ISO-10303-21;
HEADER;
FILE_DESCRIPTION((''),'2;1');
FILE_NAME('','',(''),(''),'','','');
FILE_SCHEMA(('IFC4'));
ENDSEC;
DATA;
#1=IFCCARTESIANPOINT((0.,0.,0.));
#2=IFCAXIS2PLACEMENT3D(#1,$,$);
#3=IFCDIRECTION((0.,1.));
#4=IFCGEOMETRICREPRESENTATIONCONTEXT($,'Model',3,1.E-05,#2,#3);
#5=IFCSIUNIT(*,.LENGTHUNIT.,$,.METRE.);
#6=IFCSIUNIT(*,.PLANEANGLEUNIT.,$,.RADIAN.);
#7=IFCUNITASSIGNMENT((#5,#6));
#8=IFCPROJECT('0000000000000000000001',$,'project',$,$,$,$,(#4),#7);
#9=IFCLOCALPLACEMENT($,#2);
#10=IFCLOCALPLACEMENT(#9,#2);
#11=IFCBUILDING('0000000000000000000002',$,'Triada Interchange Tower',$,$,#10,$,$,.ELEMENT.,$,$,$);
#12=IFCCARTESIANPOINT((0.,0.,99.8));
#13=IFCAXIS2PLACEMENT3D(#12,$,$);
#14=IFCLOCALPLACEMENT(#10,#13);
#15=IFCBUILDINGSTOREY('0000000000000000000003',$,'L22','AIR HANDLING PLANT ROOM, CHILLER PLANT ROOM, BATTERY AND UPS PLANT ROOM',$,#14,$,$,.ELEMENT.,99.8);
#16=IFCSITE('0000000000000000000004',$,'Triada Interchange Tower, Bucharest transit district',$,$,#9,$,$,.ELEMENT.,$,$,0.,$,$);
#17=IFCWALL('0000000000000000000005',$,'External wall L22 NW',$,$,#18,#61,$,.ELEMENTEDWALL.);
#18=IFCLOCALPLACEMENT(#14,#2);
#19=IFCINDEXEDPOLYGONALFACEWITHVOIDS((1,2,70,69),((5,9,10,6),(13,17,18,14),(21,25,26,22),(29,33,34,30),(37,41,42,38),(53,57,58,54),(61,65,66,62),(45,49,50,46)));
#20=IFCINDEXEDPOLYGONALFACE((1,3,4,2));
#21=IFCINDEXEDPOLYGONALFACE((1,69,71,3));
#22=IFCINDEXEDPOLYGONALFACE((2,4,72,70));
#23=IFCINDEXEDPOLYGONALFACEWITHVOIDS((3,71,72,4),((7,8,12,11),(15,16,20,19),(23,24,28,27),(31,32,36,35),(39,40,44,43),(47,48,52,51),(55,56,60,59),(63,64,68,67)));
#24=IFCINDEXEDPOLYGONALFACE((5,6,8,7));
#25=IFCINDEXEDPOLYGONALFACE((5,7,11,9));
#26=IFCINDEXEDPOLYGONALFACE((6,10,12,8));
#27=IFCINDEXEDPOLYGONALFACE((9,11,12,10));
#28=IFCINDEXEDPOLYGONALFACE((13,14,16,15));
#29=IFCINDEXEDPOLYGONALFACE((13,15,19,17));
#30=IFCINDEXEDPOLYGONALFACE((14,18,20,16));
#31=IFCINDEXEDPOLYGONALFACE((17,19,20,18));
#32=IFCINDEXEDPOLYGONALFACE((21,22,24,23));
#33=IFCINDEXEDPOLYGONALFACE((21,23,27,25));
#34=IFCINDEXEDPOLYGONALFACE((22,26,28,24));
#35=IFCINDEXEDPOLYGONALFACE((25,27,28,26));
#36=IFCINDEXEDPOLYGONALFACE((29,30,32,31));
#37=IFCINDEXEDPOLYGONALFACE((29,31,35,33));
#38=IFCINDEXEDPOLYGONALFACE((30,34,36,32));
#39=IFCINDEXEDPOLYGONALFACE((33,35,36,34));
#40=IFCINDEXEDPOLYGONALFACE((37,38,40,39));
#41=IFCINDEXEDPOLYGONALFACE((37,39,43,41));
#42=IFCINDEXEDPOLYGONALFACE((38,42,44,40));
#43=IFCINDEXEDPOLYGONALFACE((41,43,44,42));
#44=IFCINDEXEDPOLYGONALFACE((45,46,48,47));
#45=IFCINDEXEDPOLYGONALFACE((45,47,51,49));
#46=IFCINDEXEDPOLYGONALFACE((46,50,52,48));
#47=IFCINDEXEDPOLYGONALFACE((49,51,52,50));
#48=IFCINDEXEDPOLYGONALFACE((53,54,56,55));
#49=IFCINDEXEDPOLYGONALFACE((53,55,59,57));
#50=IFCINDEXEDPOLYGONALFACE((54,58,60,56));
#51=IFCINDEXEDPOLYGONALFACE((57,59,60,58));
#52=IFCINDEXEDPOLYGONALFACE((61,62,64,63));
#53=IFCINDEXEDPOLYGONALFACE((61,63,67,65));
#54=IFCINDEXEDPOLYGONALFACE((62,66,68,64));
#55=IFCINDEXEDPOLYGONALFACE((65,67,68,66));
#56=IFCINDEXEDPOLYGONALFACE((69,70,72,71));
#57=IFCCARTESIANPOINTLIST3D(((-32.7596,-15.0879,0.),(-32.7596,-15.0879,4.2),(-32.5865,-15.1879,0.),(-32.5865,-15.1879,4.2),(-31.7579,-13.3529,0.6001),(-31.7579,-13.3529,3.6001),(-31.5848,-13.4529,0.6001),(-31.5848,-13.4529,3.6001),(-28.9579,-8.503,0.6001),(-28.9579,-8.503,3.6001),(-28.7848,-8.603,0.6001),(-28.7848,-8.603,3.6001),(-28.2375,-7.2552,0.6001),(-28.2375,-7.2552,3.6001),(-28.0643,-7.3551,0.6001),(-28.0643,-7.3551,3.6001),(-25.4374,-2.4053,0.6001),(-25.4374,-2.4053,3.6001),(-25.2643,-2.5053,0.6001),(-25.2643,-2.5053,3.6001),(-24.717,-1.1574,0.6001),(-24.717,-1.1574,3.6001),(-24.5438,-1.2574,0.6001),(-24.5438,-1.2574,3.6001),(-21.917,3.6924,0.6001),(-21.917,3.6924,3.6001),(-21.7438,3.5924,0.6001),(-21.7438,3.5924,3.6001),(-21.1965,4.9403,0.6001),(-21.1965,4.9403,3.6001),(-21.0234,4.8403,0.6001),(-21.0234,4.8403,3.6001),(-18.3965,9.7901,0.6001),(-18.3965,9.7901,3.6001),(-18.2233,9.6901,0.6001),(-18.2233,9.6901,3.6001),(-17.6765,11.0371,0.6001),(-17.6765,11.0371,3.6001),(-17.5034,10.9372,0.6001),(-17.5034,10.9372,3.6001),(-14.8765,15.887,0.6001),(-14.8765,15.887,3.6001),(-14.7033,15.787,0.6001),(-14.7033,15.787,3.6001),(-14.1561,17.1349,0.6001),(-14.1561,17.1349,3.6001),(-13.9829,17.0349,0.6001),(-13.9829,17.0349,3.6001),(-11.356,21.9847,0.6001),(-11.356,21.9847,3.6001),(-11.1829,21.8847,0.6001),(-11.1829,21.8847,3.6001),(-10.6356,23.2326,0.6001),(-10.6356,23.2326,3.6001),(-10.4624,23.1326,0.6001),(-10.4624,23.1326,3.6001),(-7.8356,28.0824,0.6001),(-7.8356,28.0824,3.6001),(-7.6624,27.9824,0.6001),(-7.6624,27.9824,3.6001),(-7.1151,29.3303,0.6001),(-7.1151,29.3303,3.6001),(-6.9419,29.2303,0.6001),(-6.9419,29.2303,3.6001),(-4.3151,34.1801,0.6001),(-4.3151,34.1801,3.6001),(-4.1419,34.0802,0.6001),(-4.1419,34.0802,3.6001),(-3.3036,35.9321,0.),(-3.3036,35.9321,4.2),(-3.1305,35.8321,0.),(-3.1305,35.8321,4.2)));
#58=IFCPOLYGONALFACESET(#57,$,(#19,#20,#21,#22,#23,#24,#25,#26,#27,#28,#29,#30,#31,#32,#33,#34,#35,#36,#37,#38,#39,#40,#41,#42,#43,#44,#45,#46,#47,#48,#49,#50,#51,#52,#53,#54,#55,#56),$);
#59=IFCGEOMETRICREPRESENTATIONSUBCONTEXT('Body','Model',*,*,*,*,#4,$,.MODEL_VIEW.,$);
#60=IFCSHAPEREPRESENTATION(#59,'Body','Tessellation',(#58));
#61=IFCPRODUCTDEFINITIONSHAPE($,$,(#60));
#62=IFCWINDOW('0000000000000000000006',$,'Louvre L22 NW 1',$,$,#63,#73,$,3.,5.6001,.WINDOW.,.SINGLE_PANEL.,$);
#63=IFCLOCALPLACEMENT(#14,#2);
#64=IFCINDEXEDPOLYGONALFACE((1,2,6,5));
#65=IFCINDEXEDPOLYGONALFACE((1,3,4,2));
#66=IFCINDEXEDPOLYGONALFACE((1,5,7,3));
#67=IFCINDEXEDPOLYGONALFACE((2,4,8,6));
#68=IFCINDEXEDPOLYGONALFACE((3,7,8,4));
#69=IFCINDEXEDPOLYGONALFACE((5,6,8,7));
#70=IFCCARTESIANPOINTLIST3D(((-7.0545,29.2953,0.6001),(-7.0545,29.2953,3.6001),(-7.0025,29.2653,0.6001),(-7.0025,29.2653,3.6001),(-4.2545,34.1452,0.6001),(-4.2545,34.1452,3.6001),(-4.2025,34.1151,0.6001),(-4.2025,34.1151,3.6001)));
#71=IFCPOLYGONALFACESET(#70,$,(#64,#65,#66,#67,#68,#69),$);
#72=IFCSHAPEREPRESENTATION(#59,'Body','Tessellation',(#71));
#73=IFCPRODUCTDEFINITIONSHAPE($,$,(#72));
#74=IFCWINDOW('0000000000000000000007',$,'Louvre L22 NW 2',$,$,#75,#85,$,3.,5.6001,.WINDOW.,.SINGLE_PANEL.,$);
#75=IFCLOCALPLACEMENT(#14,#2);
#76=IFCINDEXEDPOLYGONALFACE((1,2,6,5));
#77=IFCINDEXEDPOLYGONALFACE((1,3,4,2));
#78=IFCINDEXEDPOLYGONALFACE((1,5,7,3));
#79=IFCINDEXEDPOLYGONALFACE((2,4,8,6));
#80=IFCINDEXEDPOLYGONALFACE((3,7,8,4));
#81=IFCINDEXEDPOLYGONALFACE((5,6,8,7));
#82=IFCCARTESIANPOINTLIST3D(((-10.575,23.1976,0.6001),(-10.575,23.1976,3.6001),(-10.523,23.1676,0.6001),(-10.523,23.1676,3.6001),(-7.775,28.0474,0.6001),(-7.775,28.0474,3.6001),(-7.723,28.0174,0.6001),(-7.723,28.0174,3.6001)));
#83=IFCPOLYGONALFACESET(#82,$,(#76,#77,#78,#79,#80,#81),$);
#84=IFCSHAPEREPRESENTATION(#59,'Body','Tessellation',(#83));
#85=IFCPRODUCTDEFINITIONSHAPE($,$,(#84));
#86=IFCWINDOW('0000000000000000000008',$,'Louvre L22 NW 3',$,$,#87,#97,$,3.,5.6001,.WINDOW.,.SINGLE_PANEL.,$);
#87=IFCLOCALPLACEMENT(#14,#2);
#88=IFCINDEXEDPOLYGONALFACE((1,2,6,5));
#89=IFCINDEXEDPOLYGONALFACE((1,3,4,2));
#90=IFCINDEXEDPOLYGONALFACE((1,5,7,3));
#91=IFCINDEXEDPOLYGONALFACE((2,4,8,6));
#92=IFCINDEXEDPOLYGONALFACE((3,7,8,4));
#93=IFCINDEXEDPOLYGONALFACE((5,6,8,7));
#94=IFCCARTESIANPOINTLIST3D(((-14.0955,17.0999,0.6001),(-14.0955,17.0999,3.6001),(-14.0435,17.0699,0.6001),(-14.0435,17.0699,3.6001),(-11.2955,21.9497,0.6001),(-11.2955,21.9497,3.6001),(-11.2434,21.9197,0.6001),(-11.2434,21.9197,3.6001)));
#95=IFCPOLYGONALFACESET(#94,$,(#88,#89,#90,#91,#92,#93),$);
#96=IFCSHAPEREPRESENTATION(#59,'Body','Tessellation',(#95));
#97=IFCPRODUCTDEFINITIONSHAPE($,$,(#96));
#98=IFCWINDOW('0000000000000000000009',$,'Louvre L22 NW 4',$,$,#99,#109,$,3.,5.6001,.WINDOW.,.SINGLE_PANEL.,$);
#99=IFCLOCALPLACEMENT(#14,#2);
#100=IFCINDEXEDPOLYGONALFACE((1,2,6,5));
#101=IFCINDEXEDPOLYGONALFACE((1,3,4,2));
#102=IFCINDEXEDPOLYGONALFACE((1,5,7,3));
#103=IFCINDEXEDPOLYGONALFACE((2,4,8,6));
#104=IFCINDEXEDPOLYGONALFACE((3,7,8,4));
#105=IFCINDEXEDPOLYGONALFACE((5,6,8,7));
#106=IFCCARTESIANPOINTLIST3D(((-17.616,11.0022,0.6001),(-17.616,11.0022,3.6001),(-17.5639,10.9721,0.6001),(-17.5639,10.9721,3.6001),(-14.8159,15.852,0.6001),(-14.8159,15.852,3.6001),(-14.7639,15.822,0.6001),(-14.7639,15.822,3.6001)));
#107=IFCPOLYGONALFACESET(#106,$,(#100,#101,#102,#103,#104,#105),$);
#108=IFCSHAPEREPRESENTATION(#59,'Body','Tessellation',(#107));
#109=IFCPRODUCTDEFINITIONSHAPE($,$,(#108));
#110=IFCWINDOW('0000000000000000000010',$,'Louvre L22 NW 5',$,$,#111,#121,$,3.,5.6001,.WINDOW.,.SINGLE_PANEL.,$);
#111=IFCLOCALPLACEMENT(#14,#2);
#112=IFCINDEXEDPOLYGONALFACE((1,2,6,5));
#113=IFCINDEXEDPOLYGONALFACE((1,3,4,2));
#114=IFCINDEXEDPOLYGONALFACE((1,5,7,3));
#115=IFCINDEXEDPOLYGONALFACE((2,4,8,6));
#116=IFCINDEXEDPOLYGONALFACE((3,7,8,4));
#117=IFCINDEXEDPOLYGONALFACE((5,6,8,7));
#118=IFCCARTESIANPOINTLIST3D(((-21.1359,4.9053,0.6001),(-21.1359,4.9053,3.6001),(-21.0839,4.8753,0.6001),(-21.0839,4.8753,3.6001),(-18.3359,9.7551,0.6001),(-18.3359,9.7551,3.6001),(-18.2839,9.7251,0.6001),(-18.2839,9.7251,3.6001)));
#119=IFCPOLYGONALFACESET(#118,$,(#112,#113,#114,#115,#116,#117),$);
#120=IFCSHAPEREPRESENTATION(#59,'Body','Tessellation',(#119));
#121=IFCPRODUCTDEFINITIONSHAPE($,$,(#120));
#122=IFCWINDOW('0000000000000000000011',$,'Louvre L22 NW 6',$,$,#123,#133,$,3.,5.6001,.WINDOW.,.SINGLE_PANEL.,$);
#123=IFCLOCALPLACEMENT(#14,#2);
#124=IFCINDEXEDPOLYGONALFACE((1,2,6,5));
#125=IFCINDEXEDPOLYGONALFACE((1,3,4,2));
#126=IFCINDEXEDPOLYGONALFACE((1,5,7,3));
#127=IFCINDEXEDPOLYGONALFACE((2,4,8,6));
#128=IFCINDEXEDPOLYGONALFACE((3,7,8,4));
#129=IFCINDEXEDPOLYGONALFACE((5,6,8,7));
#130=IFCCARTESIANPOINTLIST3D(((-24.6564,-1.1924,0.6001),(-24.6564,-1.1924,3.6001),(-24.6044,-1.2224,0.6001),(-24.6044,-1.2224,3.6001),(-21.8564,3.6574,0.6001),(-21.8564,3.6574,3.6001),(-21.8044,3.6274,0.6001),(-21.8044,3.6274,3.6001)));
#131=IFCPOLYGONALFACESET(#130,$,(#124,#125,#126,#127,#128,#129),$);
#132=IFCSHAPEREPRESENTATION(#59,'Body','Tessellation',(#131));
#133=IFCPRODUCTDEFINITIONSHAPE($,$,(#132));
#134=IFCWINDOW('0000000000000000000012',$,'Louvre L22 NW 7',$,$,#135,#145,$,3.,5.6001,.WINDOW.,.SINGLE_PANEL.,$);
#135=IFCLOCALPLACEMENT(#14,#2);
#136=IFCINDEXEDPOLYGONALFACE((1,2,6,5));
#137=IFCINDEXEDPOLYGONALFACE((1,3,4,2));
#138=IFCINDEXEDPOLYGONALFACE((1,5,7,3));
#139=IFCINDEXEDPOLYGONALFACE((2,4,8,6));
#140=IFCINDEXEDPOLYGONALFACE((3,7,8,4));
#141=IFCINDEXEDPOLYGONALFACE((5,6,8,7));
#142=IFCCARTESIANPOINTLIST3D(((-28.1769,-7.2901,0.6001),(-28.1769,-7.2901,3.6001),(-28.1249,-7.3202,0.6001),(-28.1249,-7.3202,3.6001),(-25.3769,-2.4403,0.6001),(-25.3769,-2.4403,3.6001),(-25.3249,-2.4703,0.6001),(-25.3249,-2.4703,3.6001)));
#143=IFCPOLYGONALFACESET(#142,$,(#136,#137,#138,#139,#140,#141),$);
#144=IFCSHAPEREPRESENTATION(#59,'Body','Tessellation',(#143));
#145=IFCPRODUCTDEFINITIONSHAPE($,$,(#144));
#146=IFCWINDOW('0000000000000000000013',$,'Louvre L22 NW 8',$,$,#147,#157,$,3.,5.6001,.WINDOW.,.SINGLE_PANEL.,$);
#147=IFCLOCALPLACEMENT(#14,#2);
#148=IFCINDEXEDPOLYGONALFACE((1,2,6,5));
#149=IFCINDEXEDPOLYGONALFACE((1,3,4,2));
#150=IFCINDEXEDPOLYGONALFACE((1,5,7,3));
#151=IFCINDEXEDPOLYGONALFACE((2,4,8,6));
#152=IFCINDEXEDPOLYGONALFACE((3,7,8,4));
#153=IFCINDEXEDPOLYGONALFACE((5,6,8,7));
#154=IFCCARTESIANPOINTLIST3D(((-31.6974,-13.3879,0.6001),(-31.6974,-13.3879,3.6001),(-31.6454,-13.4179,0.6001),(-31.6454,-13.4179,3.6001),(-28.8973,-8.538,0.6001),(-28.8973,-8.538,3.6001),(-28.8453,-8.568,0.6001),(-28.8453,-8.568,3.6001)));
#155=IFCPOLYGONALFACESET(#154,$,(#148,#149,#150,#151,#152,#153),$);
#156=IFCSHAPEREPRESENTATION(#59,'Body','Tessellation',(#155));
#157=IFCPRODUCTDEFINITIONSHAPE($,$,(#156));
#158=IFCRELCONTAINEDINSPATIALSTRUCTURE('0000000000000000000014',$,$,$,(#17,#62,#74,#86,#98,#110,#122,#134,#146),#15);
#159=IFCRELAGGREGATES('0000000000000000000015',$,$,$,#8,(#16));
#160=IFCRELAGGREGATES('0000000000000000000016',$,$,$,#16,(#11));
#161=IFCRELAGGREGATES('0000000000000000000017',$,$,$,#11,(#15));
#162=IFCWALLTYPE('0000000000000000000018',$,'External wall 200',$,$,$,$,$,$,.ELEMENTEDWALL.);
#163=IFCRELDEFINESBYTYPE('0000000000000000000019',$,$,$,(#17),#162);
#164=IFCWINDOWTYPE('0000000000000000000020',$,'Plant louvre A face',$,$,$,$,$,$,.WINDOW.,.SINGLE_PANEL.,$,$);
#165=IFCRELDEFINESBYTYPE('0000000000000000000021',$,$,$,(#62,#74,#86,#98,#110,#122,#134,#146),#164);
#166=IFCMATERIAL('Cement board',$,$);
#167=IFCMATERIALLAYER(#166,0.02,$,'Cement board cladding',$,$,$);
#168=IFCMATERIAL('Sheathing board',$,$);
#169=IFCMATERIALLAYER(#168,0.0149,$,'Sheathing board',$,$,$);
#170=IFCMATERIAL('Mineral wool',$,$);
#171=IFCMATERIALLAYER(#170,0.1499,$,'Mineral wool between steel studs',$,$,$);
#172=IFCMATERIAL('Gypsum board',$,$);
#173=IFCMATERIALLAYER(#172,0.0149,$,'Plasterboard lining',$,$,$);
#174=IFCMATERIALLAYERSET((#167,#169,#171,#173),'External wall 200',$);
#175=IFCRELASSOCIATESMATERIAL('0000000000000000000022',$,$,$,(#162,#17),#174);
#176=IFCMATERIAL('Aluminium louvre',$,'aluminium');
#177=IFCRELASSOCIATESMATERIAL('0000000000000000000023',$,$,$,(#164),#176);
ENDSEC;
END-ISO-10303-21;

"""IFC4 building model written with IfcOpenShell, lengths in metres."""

from ifc_helpers import new_model, si_unit, direction, frame, frame_2d, origin, place, context, subcontext, project, spatial, rectangle, extrude, material, layer, layer_set, layer_usage, type_object, element, fill, save


model = new_model("IFC4")

# Units and contexts
model_context = context("Model", 3, precision=1e-05, world=origin(), true_north=direction((0.0, 1.0)))
body_context = subcontext(model_context, "Body", "Model", "MODEL_VIEW")
ifc_project = project(units=[si_unit("LENGTHUNIT", "METRE"), si_unit("PLANEANGLEUNIT", "RADIAN")], contexts=[model_context])

# Site, building, storey
site_placement = place(None, origin())
site = spatial("IfcSite", under=ifc_project, at=site_placement, Name="Triada Interchange Tower, Bucharest transit district", CompositionType="ELEMENT", RefElevation=0.0)
building_placement = place(site_placement, origin())
building = spatial("IfcBuilding", under=site, at=building_placement, Name="Triada Interchange Tower", CompositionType="ELEMENT")
storey_placement = place(building_placement, frame((0.0, 0.0, 99.8)))
storey = spatial("IfcBuildingStorey", under=building, at=storey_placement, Name="L22", Description="AIR HANDLING PLANT ROOM, CHILLER PLANT ROOM, BATTERY AND UPS PLANT ROOM", CompositionType="ELEMENT", Elevation=99.8)

# Wall, openings, windows
ifc_material_1 = material(Name="Cement board")
ifc_layer_1 = layer(ifc_material_1, 0.02, Name="Cement board cladding")
ifc_material_2 = material(Name="Sheathing board")
ifc_layer_2 = layer(ifc_material_2, 0.0149, Name="Sheathing board")
ifc_material_3 = material(Name="Mineral wool")
ifc_layer_3 = layer(ifc_material_3, 0.1499, Name="Mineral wool between steel studs")
ifc_material_4 = material(Name="Gypsum board")
ifc_layer_4 = layer(ifc_material_4, 0.0149, Name="Plasterboard lining")
ifc_layer_set_1 = layer_set([ifc_layer_1, ifc_layer_2, ifc_layer_3, ifc_layer_4], Name="External wall 200")
ifc_layer_usage = layer_usage(ifc_layer_set_1, "AXIS2", "POSITIVE", -0.1001)
wall_type_1 = type_object("IfcWallType", Name="External wall 200", PredefinedType="ELEMENTEDWALL", material=ifc_layer_set_1)
wall_1_placement = place(storey_placement, frame((-3.217, 35.8821, 0.0), z_axis=(0.0, 0.0, 1.0), x_axis=(-0.499995, -0.866028, 0.0)))
wall_1 = element("IfcWall", 1, at=wall_1_placement, inside=storey, type_object=wall_type_1, material=ifc_layer_usage, Name="External wall L22 NW", PredefinedType="ELEMENTEDWALL", context=body_context, shape_type="SweptSolid", body=[
    extrude(rectangle(XDim=58.9126, YDim=0.2, at=frame_2d((29.4563, 0.0))), origin(), (0.0, 0.0, 1.0), 4.2),
])
opening_1_placement = place(wall_1_placement, frame((2.0229, 0.0, 0.6001)))
opening_1 = element("IfcOpeningElement", 2, at=opening_1_placement, cuts=wall_1, PredefinedType="OPENING", context=body_context, shape_type="SweptSolid", body=[
    extrude(rectangle(XDim=5.6001, YDim=3.0, at=frame_2d((2.8, 1.5))), frame((0.0, 0.1099, 0.0), z_axis=(0.0, -1.0, 0.0), x_axis=(1.0, 0.0, 0.0)), (0.0, 0.0, 1.0), 0.22),
])
opening_2_placement = place(wall_1_placement, frame((9.064, 0.0, 0.6001)))
opening_2 = element("IfcOpeningElement", 3, at=opening_2_placement, cuts=wall_1, PredefinedType="OPENING", context=body_context, shape_type="SweptSolid", body=[
    extrude(rectangle(XDim=5.6001, YDim=3.0, at=frame_2d((2.8, 1.5))), frame((0.0, 0.1099, 0.0), z_axis=(0.0, -1.0, 0.0), x_axis=(1.0, 0.0, 0.0)), (0.0, 0.0, 1.0), 0.22),
])
opening_3_placement = place(wall_1_placement, frame((16.105, 0.0, 0.6001)))
opening_3 = element("IfcOpeningElement", 4, at=opening_3_placement, cuts=wall_1, PredefinedType="OPENING", context=body_context, shape_type="SweptSolid", body=[
    extrude(rectangle(XDim=5.6001, YDim=3.0, at=frame_2d((2.8, 1.5))), frame((0.0, 0.1099, 0.0), z_axis=(0.0, -1.0, 0.0), x_axis=(1.0, 0.0, 0.0)), (0.0, 0.0, 1.0), 0.22),
])
opening_4_placement = place(wall_1_placement, frame((23.146, 0.0, 0.6001)))
opening_4 = element("IfcOpeningElement", 5, at=opening_4_placement, cuts=wall_1, PredefinedType="OPENING", context=body_context, shape_type="SweptSolid", body=[
    extrude(rectangle(XDim=5.6001, YDim=3.0, at=frame_2d((2.8, 1.5))), frame((0.0, 0.1099, 0.0), z_axis=(0.0, -1.0, 0.0), x_axis=(1.0, 0.0, 0.0)), (0.0, 0.0, 1.0), 0.22),
])
opening_5_placement = place(wall_1_placement, frame((30.186, 0.0, 0.6001)))
opening_5 = element("IfcOpeningElement", 6, at=opening_5_placement, cuts=wall_1, PredefinedType="OPENING", context=body_context, shape_type="SweptSolid", body=[
    extrude(rectangle(XDim=5.6001, YDim=3.0, at=frame_2d((2.8, 1.5))), frame((0.0, 0.1099, 0.0), z_axis=(0.0, -1.0, 0.0), x_axis=(1.0, 0.0, 0.0)), (0.0, 0.0, 1.0), 0.22),
])
opening_6_placement = place(wall_1_placement, frame((37.2271, 0.0, 0.6001)))
opening_6 = element("IfcOpeningElement", 7, at=opening_6_placement, cuts=wall_1, PredefinedType="OPENING", context=body_context, shape_type="SweptSolid", body=[
    extrude(rectangle(XDim=5.6001, YDim=3.0, at=frame_2d((2.8, 1.5))), frame((0.0, 0.1099, 0.0), z_axis=(0.0, -1.0, 0.0), x_axis=(1.0, 0.0, 0.0)), (0.0, 0.0, 1.0), 0.22),
])
opening_7_placement = place(wall_1_placement, frame((44.2681, 0.0, 0.6001)))
opening_7 = element("IfcOpeningElement", 8, at=opening_7_placement, cuts=wall_1, PredefinedType="OPENING", context=body_context, shape_type="SweptSolid", body=[
    extrude(rectangle(XDim=5.6001, YDim=3.0, at=frame_2d((2.8, 1.5))), frame((0.0, 0.1099, 0.0), z_axis=(0.0, -1.0, 0.0), x_axis=(1.0, 0.0, 0.0)), (0.0, 0.0, 1.0), 0.22),
])
opening_8_placement = place(wall_1_placement, frame((51.3091, 0.0, 0.6001)))
opening_8 = element("IfcOpeningElement", 9, at=opening_8_placement, cuts=wall_1, PredefinedType="OPENING", context=body_context, shape_type="SweptSolid", body=[
    extrude(rectangle(XDim=5.6001, YDim=3.0, at=frame_2d((2.8, 1.5))), frame((0.0, 0.1099, 0.0), z_axis=(0.0, -1.0, 0.0), x_axis=(1.0, 0.0, 0.0)), (0.0, 0.0, 1.0), 0.22),
])
ifc_material_5 = material(Name="Aluminium louvre", Category="aluminium")
window_type = type_object("IfcWindowType", Name="Plant louvre A face", PartitioningType="SINGLE_PANEL", PredefinedType="WINDOW", material=ifc_material_5)
window_1_placement = place(opening_1_placement, origin())
window_1 = element("IfcWindow", 10, at=window_1_placement, inside=storey, type_object=window_type, Name="Louvre L22 NW 1", OverallHeight=3.0, OverallWidth=5.6001, PartitioningType="SINGLE_PANEL", PredefinedType="WINDOW", context=body_context, shape_type="SweptSolid", body=[
    extrude(rectangle(XDim=5.6001, YDim=3.0, at=frame_2d((2.8, 1.5))), frame((0.0, 0.03, 0.0), z_axis=(0.0, -1.0, 0.0), x_axis=(1.0, 0.0, 0.0)), (0.0, 0.0, 1.0), 0.0601),
])
fill(opening_1, window_1)
window_2_placement = place(opening_2_placement, origin())
window_2 = element("IfcWindow", 11, at=window_2_placement, inside=storey, type_object=window_type, Name="Louvre L22 NW 2", OverallHeight=3.0, OverallWidth=5.6001, PartitioningType="SINGLE_PANEL", PredefinedType="WINDOW", context=body_context, shape_type="SweptSolid", body=[
    extrude(rectangle(XDim=5.6001, YDim=3.0, at=frame_2d((2.8, 1.5))), frame((0.0, 0.03, 0.0), z_axis=(0.0, -1.0, 0.0), x_axis=(1.0, 0.0, 0.0)), (0.0, 0.0, 1.0), 0.0601),
])
fill(opening_2, window_2)
window_3_placement = place(opening_3_placement, origin())
window_3 = element("IfcWindow", 12, at=window_3_placement, inside=storey, type_object=window_type, Name="Louvre L22 NW 3", OverallHeight=3.0, OverallWidth=5.6001, PartitioningType="SINGLE_PANEL", PredefinedType="WINDOW", context=body_context, shape_type="SweptSolid", body=[
    extrude(rectangle(XDim=5.6001, YDim=3.0, at=frame_2d((2.8, 1.5))), frame((0.0, 0.03, 0.0), z_axis=(0.0, -1.0, 0.0), x_axis=(1.0, 0.0, 0.0)), (0.0, 0.0, 1.0), 0.0601),
])
fill(opening_3, window_3)
window_4_placement = place(opening_4_placement, origin())
window_4 = element("IfcWindow", 13, at=window_4_placement, inside=storey, type_object=window_type, Name="Louvre L22 NW 4", OverallHeight=3.0, OverallWidth=5.6001, PartitioningType="SINGLE_PANEL", PredefinedType="WINDOW", context=body_context, shape_type="SweptSolid", body=[
    extrude(rectangle(XDim=5.6001, YDim=3.0, at=frame_2d((2.8, 1.5))), frame((0.0, 0.03, 0.0), z_axis=(0.0, -1.0, 0.0), x_axis=(1.0, 0.0, 0.0)), (0.0, 0.0, 1.0), 0.0601),
])
fill(opening_4, window_4)
window_5_placement = place(opening_5_placement, origin())
window_5 = element("IfcWindow", 14, at=window_5_placement, inside=storey, type_object=window_type, Name="Louvre L22 NW 5", OverallHeight=3.0, OverallWidth=5.6001, PartitioningType="SINGLE_PANEL", PredefinedType="WINDOW", context=body_context, shape_type="SweptSolid", body=[
    extrude(rectangle(XDim=5.6001, YDim=3.0, at=frame_2d((2.8, 1.5))), frame((0.0, 0.03, 0.0), z_axis=(0.0, -1.0, 0.0), x_axis=(1.0, 0.0, 0.0)), (0.0, 0.0, 1.0), 0.0601),
])
fill(opening_5, window_5)
window_6_placement = place(opening_6_placement, origin())
window_6 = element("IfcWindow", 15, at=window_6_placement, inside=storey, type_object=window_type, Name="Louvre L22 NW 6", OverallHeight=3.0, OverallWidth=5.6001, PartitioningType="SINGLE_PANEL", PredefinedType="WINDOW", context=body_context, shape_type="SweptSolid", body=[
    extrude(rectangle(XDim=5.6001, YDim=3.0, at=frame_2d((2.8, 1.5))), frame((0.0, 0.03, 0.0), z_axis=(0.0, -1.0, 0.0), x_axis=(1.0, 0.0, 0.0)), (0.0, 0.0, 1.0), 0.0601),
])
fill(opening_6, window_6)
window_7_placement = place(opening_7_placement, origin())
window_7 = element("IfcWindow", 16, at=window_7_placement, inside=storey, type_object=window_type, Name="Louvre L22 NW 7", OverallHeight=3.0, OverallWidth=5.6001, PartitioningType="SINGLE_PANEL", PredefinedType="WINDOW", context=body_context, shape_type="SweptSolid", body=[
    extrude(rectangle(XDim=5.6001, YDim=3.0, at=frame_2d((2.8, 1.5))), frame((0.0, 0.03, 0.0), z_axis=(0.0, -1.0, 0.0), x_axis=(1.0, 0.0, 0.0)), (0.0, 0.0, 1.0), 0.0601),
])
fill(opening_7, window_7)
window_8_placement = place(opening_8_placement, origin())
window_8 = element("IfcWindow", 17, at=window_8_placement, inside=storey, type_object=window_type, Name="Louvre L22 NW 8", OverallHeight=3.0, OverallWidth=5.6001, PartitioningType="SINGLE_PANEL", PredefinedType="WINDOW", context=body_context, shape_type="SweptSolid", body=[
    extrude(rectangle(XDim=5.6001, YDim=3.0, at=frame_2d((2.8, 1.5))), frame((0.0, 0.03, 0.0), z_axis=(0.0, -1.0, 0.0), x_axis=(1.0, 0.0, 0.0)), (0.0, 0.0, 1.0), 0.0601),
])
fill(opening_8, window_8)

save(model, "model.ifc")
